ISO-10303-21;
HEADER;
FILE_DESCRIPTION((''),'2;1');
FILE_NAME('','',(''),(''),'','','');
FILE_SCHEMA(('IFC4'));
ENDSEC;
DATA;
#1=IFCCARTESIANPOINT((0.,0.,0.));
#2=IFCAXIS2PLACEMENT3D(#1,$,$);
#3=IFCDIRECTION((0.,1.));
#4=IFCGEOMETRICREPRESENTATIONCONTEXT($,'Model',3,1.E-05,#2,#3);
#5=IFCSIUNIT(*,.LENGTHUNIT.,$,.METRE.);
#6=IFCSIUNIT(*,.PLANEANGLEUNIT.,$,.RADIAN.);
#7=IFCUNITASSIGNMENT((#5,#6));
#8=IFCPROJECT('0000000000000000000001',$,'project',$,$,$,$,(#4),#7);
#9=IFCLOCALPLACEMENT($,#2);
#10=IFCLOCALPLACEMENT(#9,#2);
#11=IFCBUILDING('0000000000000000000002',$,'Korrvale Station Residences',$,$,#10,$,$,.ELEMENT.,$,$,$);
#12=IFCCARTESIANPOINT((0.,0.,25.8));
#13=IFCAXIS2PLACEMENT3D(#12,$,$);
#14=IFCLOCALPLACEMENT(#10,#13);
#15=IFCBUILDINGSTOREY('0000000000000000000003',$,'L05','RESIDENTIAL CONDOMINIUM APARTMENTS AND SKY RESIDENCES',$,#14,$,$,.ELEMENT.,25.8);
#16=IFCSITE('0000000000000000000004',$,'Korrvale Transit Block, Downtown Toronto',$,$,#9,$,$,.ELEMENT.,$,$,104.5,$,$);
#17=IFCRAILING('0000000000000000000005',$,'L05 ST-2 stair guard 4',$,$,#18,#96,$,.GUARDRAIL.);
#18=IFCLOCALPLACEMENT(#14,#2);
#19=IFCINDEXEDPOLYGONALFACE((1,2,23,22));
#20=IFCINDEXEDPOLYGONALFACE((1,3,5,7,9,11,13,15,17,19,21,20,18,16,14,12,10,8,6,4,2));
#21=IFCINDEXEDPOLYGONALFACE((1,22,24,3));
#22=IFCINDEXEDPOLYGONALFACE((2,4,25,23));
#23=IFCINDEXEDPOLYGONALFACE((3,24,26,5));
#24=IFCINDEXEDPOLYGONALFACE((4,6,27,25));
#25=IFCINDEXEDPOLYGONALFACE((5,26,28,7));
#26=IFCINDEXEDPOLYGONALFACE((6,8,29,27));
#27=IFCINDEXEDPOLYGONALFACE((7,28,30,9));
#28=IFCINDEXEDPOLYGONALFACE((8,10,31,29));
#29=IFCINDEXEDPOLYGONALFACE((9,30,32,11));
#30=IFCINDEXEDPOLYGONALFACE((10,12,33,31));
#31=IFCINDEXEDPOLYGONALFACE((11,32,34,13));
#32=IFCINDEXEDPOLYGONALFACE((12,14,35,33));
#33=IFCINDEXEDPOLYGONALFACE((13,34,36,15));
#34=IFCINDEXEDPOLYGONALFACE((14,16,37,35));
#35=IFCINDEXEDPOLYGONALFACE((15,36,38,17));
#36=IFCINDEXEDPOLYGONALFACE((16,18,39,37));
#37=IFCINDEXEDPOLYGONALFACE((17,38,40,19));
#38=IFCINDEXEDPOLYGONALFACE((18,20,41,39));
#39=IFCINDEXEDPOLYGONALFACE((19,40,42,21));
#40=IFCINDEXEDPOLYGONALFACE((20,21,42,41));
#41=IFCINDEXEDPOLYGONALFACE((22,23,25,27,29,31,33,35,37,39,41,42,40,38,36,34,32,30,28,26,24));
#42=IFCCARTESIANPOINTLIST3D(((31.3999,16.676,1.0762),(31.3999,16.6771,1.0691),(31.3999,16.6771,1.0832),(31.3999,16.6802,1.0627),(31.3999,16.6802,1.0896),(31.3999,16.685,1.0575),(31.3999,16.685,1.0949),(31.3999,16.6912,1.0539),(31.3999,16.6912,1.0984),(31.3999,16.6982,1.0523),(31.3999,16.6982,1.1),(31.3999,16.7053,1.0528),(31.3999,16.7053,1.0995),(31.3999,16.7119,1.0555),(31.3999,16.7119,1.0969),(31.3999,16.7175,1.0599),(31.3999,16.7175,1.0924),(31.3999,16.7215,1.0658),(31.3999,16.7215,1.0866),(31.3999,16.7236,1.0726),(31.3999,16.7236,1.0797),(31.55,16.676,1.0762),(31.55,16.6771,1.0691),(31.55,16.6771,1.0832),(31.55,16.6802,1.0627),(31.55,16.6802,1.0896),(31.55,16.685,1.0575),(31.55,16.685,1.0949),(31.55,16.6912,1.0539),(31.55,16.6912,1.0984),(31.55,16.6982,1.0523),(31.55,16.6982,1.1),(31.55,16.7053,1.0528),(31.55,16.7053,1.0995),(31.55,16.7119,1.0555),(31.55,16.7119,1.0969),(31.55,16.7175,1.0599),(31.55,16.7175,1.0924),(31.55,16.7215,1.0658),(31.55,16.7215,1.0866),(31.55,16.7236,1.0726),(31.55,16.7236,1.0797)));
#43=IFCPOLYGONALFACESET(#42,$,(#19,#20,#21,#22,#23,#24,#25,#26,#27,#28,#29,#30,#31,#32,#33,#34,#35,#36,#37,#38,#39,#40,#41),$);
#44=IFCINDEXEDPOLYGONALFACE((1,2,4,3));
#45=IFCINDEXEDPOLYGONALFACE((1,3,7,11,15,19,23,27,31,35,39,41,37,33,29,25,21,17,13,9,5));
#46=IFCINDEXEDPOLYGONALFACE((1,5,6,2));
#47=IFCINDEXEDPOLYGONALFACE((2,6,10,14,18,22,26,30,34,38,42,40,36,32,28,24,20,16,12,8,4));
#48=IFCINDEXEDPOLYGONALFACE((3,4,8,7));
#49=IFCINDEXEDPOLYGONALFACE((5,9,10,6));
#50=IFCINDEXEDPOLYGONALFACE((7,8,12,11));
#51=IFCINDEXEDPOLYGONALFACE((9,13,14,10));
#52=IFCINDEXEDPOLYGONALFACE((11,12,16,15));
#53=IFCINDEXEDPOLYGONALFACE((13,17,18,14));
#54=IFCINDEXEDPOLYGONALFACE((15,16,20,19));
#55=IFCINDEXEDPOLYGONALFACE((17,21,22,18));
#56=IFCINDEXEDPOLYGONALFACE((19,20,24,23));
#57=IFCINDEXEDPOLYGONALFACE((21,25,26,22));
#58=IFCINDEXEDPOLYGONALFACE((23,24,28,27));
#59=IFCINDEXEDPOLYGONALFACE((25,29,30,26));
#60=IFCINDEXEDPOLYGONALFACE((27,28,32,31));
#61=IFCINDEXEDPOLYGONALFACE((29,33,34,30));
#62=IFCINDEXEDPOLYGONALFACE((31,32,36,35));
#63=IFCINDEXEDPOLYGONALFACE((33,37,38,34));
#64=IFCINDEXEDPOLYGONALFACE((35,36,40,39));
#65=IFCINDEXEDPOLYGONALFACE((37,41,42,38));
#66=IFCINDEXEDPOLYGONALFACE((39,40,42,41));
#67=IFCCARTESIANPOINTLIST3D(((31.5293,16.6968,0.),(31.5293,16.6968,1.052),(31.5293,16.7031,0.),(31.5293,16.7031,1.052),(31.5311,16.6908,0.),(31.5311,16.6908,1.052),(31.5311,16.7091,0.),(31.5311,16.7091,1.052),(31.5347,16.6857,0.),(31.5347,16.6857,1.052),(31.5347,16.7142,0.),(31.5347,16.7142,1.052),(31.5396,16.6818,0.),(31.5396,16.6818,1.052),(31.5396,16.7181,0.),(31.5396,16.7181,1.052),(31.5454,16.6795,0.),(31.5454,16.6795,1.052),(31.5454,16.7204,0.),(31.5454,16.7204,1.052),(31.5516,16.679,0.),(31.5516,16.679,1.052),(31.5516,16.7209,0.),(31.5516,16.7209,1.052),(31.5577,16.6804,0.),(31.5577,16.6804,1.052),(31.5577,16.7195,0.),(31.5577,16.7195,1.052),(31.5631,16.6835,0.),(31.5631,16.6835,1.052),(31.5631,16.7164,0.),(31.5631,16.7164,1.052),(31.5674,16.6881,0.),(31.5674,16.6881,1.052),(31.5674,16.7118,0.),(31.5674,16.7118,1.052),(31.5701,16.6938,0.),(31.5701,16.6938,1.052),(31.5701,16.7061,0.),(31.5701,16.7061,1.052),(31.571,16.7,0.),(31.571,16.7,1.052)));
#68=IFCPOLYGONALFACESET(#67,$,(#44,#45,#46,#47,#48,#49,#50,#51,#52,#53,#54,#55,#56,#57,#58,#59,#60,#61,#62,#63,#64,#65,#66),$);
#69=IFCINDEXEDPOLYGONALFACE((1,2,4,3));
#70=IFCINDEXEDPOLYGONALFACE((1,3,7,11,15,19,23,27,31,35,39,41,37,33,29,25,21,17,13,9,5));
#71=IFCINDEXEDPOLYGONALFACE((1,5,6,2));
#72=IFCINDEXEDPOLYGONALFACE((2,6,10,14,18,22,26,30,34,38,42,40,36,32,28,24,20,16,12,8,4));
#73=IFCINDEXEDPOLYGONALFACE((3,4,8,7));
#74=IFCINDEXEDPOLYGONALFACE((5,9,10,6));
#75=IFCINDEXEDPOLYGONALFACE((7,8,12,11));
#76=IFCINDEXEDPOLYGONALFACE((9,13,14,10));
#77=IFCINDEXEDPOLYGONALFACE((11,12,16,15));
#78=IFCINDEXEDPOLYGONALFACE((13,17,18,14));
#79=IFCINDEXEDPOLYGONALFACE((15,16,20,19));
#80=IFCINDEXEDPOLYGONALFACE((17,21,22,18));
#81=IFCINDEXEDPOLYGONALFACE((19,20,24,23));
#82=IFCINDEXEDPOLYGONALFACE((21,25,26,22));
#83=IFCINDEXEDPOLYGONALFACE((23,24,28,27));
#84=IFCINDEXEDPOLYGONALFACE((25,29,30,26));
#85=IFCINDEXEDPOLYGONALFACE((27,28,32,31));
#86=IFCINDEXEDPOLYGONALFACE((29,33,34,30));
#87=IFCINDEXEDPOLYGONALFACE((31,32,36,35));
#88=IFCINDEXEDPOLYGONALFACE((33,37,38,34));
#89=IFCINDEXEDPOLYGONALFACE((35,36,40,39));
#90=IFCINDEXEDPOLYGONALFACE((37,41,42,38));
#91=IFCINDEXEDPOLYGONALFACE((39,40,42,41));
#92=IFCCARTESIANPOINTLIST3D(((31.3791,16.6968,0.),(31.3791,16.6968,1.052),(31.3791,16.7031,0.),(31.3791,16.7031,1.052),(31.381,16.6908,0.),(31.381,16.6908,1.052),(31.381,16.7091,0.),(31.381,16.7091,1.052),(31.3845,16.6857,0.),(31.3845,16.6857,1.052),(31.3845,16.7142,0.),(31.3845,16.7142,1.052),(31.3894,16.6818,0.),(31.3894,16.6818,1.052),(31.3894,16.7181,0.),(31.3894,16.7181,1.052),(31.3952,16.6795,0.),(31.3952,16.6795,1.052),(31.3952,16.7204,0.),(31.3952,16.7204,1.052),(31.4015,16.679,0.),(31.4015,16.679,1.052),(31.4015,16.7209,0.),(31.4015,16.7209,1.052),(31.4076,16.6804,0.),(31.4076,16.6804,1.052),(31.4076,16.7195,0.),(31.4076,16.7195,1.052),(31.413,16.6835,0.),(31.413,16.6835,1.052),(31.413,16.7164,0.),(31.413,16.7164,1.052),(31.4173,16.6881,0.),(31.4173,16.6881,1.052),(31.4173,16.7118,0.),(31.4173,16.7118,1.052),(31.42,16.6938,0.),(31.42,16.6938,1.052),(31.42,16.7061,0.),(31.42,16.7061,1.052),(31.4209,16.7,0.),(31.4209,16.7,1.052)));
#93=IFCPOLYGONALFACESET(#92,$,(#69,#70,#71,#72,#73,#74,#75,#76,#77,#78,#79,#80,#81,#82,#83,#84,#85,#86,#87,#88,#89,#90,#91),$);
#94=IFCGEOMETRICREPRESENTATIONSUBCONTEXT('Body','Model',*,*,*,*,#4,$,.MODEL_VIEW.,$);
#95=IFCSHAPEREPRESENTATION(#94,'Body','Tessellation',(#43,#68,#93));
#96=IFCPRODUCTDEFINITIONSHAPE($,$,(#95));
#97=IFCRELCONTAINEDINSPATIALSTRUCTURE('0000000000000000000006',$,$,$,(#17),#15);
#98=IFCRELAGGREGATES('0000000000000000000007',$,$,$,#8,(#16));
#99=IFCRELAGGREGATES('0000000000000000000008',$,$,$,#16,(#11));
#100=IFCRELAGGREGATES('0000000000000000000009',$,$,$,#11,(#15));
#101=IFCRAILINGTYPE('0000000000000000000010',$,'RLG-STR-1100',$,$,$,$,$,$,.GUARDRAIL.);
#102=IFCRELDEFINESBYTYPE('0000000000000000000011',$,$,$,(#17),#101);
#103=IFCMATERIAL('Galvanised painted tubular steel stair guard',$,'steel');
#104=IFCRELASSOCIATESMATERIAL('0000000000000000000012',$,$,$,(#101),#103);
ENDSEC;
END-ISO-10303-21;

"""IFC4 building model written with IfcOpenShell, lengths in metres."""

from ifc_helpers import new_model, si_unit, direction, frame, origin, origin_2d, place, context, subcontext, project, spatial, circle, extrude, material, type_object, element, save


model = new_model("IFC4")

# Units and contexts
model_context = context("Model", 3, precision=1e-05, world=origin(), true_north=direction((0.0, 1.0)))
body_context = subcontext(model_context, "Body", "Model", "MODEL_VIEW")
ifc_project = project(units=[si_unit("LENGTHUNIT", "METRE"), si_unit("PLANEANGLEUNIT", "RADIAN")], contexts=[model_context])

# Site, building, storey
site_placement = place(None, origin())
site = spatial("IfcSite", under=ifc_project, at=site_placement, Name="Korrvale Transit Block, Downtown Toronto", CompositionType="ELEMENT", RefElevation=104.5)
building_placement = place(site_placement, origin())
building = spatial("IfcBuilding", under=site, at=building_placement, Name="Korrvale Station Residences", CompositionType="ELEMENT")
storey_placement = place(building_placement, frame((0.0, 0.0, 25.8)))
storey = spatial("IfcBuildingStorey", under=building, at=storey_placement, Name="L05", Description="RESIDENTIAL CONDOMINIUM APARTMENTS AND SKY RESIDENCES", CompositionType="ELEMENT", Elevation=25.8)

# Railing
ifc_material_1 = material(Name="Galvanised painted tubular steel stair guard", Category="steel")
railing_type_1 = type_object("IfcRailingType", Name="RLG-STR-1100", PredefinedType="GUARDRAIL", material=ifc_material_1)
railing_1_placement = place(storey_placement, frame((31.55, 16.7, 0.0)))
element("IfcRailing", 1, at=railing_1_placement, inside=storey, type_object=railing_type_1, Name="L05 ST-2 stair guard 4", PredefinedType="GUARDRAIL", context=body_context, shape_type="SweptSolid", body=[
    extrude(circle(Radius=0.0239, at=origin_2d()), frame((0.0, 0.0, 1.0762), z_axis=(-1.0, 0.0, 0.0), x_axis=(0.0, -1.0, 0.0)), (0.0, 0.0, 1.0), 0.1501),
    extrude(circle(Radius=0.021, at=origin_2d()), origin(), (0.0, 0.0, 1.0), 1.052),
    extrude(circle(Radius=0.021, at=origin_2d()), frame((-0.1501, 0.0, 0.0)), (0.0, 0.0, 1.0), 1.052),
])

save(model, "model.ifc")
